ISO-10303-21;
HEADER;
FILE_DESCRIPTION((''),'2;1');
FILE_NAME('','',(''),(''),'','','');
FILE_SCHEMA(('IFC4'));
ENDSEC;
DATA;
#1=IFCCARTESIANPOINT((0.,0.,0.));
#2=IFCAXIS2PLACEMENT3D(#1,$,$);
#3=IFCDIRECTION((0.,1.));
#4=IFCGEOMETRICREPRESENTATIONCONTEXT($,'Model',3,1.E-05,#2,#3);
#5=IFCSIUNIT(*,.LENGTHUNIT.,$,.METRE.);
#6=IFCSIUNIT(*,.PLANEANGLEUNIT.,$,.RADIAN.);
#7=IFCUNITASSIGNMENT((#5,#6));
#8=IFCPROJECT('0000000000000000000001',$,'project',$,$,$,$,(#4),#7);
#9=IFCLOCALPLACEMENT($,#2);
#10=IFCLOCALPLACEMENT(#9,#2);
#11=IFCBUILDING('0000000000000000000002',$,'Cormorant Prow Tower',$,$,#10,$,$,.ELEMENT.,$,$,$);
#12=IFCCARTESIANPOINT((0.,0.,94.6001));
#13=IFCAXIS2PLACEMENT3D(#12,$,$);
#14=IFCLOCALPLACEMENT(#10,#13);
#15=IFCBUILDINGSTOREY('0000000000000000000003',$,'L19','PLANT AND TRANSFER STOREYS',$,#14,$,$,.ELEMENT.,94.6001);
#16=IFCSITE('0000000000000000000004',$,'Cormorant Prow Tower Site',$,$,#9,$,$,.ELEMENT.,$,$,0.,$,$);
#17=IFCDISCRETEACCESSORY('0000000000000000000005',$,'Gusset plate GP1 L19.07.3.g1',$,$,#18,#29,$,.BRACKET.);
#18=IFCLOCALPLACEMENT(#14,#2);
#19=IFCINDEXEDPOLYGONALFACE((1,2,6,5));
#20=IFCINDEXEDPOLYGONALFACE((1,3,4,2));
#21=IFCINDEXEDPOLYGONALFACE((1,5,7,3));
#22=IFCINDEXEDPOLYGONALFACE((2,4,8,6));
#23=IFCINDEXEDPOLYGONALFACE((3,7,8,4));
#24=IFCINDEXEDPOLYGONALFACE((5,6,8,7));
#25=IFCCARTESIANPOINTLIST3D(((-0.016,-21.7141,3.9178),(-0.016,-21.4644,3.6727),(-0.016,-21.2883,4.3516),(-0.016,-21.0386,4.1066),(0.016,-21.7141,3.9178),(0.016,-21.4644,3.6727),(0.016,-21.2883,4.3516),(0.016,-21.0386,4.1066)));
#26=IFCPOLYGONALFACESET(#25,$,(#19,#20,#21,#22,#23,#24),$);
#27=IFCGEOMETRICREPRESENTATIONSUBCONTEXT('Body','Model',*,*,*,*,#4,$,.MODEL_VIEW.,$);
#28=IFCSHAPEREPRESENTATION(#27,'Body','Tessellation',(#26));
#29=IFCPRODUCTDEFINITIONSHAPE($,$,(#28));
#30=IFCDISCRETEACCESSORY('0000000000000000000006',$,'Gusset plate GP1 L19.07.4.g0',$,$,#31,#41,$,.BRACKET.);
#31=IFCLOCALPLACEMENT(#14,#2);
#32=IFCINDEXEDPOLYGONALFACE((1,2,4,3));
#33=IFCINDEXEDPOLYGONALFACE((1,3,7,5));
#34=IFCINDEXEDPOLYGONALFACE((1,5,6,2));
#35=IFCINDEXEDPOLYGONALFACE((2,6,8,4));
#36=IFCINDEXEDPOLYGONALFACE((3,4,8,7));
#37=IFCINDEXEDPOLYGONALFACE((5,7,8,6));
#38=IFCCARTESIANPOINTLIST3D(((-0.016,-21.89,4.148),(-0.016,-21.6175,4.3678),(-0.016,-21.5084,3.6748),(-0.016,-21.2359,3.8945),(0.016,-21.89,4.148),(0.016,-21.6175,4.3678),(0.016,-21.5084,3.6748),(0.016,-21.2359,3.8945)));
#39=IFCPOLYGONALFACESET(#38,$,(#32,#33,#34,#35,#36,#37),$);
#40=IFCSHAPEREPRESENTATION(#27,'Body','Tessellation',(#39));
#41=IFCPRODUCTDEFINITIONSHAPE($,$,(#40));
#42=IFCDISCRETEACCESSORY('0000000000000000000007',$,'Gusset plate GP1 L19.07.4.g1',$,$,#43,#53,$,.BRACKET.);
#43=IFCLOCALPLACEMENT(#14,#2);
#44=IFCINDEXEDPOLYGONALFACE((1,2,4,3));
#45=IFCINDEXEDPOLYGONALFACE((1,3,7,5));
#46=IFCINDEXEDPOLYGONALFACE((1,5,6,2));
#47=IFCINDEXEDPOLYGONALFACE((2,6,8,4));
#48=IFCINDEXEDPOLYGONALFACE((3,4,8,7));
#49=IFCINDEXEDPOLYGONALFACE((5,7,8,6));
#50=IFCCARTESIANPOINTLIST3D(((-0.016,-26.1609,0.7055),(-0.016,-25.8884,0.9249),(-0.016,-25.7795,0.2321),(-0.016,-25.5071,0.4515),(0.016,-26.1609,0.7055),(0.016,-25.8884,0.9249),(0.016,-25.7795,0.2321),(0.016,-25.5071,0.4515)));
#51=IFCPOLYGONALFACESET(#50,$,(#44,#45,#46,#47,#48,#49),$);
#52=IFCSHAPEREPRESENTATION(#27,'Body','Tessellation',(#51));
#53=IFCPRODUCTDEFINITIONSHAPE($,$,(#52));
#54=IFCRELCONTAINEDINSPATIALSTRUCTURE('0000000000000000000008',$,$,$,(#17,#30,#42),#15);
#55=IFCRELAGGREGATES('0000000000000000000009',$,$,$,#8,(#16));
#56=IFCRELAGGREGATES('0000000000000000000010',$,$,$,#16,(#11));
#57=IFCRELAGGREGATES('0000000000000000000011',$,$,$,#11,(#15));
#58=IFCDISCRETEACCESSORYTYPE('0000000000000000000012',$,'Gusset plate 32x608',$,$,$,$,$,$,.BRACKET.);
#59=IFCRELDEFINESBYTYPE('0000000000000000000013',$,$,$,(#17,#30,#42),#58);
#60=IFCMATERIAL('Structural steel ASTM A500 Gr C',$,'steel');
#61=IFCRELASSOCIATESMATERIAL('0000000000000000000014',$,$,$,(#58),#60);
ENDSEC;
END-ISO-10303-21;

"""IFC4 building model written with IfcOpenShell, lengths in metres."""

from ifc_helpers import new_model, si_unit, direction, frame, origin, origin_2d, place, context, subcontext, project, spatial, rectangle, extrude, material, material_profile, profile_set, type_object, element, save


model = new_model("IFC4")

# Units and contexts
model_context = context("Model", 3, precision=1e-05, world=origin(), true_north=direction((0.0, 1.0)))
body_context = subcontext(model_context, "Body", "Model", "MODEL_VIEW")
ifc_project = project(units=[si_unit("LENGTHUNIT", "METRE"), si_unit("PLANEANGLEUNIT", "RADIAN")], contexts=[model_context])

# Site, building, storey
site_placement = place(None, origin())
site = spatial("IfcSite", under=ifc_project, at=site_placement, Name="Cormorant Prow Tower Site", CompositionType="ELEMENT", RefElevation=0.0)
building_placement = place(site_placement, origin())
building = spatial("IfcBuilding", under=site, at=building_placement, Name="Cormorant Prow Tower", CompositionType="ELEMENT")
storey_placement = place(building_placement, frame((0.0, 0.0, 94.6001)))
storey = spatial("IfcBuildingStorey", under=building, at=storey_placement, Name="L19", Description="PLANT AND TRANSFER STOREYS", CompositionType="ELEMENT", Elevation=94.6001)

# Discrete accessories
ifc_material_1 = material(Name="Structural steel ASTM A500 Gr C", Category="steel")
ifc_material_profile_1 = material_profile(ifc_material_1, rectangle(XDim=0.032, YDim=0.6079, at=origin_2d()), Name="Gusset plate 32x608")
ifc_profile_set_1 = profile_set([ifc_material_profile_1], Name="Structural steel ASTM A500 Gr C")
discrete_accessory_type_1 = type_object("IfcDiscreteAccessoryType", Name="Gusset plate 32x608", PredefinedType="BRACKET", material=ifc_profile_set_1)
discrete_accessory_1_placement = place(storey_placement, frame((0.0, -21.2515, 3.8896), z_axis=(0.0, -0.713703, 0.700448), x_axis=(1.0, 0.0, 0.0)))
element("IfcDiscreteAccessory", 1, at=discrete_accessory_1_placement, inside=storey, type_object=discrete_accessory_type_1, Name="Gusset plate GP1 L19.07.3.g1", PredefinedType="BRACKET", context=body_context, shape_type="SweptSolid", body=[
    extrude(rectangle(XDim=0.032, YDim=0.6079, at=origin_2d()), origin(), (0.0, 0.0, 1.0), 0.3499),
])
discrete_accessory_2_placement = place(storey_placement, frame((0.0, -21.6992, 3.9114), z_axis=(0.0, 0.778413, 0.627752), x_axis=(-1.0, 0.0, 0.0)))
element("IfcDiscreteAccessory", 2, at=discrete_accessory_2_placement, inside=storey, type_object=discrete_accessory_type_1, Name="Gusset plate GP1 L19.07.4.g0", PredefinedType="BRACKET", context=body_context, shape_type="SweptSolid", body=[
    extrude(rectangle(XDim=0.032, YDim=0.6079, at=origin_2d()), origin(), (0.0, 0.0, 1.0), 0.3501),
])
discrete_accessory_3_placement = place(storey_placement, frame((0.0, -25.6978, 0.6882), z_axis=(0.0, -0.778754, -0.62733), x_axis=(1.0, 0.0, 0.0)))
element("IfcDiscreteAccessory", 3, at=discrete_accessory_3_placement, inside=storey, type_object=discrete_accessory_type_1, Name="Gusset plate GP1 L19.07.4.g1", PredefinedType="BRACKET", context=body_context, shape_type="SweptSolid", body=[
    extrude(rectangle(XDim=0.032, YDim=0.6079, at=origin_2d()), origin(), (0.0, 0.0, 1.0), 0.3499),
])

save(model, "model.ifc")
